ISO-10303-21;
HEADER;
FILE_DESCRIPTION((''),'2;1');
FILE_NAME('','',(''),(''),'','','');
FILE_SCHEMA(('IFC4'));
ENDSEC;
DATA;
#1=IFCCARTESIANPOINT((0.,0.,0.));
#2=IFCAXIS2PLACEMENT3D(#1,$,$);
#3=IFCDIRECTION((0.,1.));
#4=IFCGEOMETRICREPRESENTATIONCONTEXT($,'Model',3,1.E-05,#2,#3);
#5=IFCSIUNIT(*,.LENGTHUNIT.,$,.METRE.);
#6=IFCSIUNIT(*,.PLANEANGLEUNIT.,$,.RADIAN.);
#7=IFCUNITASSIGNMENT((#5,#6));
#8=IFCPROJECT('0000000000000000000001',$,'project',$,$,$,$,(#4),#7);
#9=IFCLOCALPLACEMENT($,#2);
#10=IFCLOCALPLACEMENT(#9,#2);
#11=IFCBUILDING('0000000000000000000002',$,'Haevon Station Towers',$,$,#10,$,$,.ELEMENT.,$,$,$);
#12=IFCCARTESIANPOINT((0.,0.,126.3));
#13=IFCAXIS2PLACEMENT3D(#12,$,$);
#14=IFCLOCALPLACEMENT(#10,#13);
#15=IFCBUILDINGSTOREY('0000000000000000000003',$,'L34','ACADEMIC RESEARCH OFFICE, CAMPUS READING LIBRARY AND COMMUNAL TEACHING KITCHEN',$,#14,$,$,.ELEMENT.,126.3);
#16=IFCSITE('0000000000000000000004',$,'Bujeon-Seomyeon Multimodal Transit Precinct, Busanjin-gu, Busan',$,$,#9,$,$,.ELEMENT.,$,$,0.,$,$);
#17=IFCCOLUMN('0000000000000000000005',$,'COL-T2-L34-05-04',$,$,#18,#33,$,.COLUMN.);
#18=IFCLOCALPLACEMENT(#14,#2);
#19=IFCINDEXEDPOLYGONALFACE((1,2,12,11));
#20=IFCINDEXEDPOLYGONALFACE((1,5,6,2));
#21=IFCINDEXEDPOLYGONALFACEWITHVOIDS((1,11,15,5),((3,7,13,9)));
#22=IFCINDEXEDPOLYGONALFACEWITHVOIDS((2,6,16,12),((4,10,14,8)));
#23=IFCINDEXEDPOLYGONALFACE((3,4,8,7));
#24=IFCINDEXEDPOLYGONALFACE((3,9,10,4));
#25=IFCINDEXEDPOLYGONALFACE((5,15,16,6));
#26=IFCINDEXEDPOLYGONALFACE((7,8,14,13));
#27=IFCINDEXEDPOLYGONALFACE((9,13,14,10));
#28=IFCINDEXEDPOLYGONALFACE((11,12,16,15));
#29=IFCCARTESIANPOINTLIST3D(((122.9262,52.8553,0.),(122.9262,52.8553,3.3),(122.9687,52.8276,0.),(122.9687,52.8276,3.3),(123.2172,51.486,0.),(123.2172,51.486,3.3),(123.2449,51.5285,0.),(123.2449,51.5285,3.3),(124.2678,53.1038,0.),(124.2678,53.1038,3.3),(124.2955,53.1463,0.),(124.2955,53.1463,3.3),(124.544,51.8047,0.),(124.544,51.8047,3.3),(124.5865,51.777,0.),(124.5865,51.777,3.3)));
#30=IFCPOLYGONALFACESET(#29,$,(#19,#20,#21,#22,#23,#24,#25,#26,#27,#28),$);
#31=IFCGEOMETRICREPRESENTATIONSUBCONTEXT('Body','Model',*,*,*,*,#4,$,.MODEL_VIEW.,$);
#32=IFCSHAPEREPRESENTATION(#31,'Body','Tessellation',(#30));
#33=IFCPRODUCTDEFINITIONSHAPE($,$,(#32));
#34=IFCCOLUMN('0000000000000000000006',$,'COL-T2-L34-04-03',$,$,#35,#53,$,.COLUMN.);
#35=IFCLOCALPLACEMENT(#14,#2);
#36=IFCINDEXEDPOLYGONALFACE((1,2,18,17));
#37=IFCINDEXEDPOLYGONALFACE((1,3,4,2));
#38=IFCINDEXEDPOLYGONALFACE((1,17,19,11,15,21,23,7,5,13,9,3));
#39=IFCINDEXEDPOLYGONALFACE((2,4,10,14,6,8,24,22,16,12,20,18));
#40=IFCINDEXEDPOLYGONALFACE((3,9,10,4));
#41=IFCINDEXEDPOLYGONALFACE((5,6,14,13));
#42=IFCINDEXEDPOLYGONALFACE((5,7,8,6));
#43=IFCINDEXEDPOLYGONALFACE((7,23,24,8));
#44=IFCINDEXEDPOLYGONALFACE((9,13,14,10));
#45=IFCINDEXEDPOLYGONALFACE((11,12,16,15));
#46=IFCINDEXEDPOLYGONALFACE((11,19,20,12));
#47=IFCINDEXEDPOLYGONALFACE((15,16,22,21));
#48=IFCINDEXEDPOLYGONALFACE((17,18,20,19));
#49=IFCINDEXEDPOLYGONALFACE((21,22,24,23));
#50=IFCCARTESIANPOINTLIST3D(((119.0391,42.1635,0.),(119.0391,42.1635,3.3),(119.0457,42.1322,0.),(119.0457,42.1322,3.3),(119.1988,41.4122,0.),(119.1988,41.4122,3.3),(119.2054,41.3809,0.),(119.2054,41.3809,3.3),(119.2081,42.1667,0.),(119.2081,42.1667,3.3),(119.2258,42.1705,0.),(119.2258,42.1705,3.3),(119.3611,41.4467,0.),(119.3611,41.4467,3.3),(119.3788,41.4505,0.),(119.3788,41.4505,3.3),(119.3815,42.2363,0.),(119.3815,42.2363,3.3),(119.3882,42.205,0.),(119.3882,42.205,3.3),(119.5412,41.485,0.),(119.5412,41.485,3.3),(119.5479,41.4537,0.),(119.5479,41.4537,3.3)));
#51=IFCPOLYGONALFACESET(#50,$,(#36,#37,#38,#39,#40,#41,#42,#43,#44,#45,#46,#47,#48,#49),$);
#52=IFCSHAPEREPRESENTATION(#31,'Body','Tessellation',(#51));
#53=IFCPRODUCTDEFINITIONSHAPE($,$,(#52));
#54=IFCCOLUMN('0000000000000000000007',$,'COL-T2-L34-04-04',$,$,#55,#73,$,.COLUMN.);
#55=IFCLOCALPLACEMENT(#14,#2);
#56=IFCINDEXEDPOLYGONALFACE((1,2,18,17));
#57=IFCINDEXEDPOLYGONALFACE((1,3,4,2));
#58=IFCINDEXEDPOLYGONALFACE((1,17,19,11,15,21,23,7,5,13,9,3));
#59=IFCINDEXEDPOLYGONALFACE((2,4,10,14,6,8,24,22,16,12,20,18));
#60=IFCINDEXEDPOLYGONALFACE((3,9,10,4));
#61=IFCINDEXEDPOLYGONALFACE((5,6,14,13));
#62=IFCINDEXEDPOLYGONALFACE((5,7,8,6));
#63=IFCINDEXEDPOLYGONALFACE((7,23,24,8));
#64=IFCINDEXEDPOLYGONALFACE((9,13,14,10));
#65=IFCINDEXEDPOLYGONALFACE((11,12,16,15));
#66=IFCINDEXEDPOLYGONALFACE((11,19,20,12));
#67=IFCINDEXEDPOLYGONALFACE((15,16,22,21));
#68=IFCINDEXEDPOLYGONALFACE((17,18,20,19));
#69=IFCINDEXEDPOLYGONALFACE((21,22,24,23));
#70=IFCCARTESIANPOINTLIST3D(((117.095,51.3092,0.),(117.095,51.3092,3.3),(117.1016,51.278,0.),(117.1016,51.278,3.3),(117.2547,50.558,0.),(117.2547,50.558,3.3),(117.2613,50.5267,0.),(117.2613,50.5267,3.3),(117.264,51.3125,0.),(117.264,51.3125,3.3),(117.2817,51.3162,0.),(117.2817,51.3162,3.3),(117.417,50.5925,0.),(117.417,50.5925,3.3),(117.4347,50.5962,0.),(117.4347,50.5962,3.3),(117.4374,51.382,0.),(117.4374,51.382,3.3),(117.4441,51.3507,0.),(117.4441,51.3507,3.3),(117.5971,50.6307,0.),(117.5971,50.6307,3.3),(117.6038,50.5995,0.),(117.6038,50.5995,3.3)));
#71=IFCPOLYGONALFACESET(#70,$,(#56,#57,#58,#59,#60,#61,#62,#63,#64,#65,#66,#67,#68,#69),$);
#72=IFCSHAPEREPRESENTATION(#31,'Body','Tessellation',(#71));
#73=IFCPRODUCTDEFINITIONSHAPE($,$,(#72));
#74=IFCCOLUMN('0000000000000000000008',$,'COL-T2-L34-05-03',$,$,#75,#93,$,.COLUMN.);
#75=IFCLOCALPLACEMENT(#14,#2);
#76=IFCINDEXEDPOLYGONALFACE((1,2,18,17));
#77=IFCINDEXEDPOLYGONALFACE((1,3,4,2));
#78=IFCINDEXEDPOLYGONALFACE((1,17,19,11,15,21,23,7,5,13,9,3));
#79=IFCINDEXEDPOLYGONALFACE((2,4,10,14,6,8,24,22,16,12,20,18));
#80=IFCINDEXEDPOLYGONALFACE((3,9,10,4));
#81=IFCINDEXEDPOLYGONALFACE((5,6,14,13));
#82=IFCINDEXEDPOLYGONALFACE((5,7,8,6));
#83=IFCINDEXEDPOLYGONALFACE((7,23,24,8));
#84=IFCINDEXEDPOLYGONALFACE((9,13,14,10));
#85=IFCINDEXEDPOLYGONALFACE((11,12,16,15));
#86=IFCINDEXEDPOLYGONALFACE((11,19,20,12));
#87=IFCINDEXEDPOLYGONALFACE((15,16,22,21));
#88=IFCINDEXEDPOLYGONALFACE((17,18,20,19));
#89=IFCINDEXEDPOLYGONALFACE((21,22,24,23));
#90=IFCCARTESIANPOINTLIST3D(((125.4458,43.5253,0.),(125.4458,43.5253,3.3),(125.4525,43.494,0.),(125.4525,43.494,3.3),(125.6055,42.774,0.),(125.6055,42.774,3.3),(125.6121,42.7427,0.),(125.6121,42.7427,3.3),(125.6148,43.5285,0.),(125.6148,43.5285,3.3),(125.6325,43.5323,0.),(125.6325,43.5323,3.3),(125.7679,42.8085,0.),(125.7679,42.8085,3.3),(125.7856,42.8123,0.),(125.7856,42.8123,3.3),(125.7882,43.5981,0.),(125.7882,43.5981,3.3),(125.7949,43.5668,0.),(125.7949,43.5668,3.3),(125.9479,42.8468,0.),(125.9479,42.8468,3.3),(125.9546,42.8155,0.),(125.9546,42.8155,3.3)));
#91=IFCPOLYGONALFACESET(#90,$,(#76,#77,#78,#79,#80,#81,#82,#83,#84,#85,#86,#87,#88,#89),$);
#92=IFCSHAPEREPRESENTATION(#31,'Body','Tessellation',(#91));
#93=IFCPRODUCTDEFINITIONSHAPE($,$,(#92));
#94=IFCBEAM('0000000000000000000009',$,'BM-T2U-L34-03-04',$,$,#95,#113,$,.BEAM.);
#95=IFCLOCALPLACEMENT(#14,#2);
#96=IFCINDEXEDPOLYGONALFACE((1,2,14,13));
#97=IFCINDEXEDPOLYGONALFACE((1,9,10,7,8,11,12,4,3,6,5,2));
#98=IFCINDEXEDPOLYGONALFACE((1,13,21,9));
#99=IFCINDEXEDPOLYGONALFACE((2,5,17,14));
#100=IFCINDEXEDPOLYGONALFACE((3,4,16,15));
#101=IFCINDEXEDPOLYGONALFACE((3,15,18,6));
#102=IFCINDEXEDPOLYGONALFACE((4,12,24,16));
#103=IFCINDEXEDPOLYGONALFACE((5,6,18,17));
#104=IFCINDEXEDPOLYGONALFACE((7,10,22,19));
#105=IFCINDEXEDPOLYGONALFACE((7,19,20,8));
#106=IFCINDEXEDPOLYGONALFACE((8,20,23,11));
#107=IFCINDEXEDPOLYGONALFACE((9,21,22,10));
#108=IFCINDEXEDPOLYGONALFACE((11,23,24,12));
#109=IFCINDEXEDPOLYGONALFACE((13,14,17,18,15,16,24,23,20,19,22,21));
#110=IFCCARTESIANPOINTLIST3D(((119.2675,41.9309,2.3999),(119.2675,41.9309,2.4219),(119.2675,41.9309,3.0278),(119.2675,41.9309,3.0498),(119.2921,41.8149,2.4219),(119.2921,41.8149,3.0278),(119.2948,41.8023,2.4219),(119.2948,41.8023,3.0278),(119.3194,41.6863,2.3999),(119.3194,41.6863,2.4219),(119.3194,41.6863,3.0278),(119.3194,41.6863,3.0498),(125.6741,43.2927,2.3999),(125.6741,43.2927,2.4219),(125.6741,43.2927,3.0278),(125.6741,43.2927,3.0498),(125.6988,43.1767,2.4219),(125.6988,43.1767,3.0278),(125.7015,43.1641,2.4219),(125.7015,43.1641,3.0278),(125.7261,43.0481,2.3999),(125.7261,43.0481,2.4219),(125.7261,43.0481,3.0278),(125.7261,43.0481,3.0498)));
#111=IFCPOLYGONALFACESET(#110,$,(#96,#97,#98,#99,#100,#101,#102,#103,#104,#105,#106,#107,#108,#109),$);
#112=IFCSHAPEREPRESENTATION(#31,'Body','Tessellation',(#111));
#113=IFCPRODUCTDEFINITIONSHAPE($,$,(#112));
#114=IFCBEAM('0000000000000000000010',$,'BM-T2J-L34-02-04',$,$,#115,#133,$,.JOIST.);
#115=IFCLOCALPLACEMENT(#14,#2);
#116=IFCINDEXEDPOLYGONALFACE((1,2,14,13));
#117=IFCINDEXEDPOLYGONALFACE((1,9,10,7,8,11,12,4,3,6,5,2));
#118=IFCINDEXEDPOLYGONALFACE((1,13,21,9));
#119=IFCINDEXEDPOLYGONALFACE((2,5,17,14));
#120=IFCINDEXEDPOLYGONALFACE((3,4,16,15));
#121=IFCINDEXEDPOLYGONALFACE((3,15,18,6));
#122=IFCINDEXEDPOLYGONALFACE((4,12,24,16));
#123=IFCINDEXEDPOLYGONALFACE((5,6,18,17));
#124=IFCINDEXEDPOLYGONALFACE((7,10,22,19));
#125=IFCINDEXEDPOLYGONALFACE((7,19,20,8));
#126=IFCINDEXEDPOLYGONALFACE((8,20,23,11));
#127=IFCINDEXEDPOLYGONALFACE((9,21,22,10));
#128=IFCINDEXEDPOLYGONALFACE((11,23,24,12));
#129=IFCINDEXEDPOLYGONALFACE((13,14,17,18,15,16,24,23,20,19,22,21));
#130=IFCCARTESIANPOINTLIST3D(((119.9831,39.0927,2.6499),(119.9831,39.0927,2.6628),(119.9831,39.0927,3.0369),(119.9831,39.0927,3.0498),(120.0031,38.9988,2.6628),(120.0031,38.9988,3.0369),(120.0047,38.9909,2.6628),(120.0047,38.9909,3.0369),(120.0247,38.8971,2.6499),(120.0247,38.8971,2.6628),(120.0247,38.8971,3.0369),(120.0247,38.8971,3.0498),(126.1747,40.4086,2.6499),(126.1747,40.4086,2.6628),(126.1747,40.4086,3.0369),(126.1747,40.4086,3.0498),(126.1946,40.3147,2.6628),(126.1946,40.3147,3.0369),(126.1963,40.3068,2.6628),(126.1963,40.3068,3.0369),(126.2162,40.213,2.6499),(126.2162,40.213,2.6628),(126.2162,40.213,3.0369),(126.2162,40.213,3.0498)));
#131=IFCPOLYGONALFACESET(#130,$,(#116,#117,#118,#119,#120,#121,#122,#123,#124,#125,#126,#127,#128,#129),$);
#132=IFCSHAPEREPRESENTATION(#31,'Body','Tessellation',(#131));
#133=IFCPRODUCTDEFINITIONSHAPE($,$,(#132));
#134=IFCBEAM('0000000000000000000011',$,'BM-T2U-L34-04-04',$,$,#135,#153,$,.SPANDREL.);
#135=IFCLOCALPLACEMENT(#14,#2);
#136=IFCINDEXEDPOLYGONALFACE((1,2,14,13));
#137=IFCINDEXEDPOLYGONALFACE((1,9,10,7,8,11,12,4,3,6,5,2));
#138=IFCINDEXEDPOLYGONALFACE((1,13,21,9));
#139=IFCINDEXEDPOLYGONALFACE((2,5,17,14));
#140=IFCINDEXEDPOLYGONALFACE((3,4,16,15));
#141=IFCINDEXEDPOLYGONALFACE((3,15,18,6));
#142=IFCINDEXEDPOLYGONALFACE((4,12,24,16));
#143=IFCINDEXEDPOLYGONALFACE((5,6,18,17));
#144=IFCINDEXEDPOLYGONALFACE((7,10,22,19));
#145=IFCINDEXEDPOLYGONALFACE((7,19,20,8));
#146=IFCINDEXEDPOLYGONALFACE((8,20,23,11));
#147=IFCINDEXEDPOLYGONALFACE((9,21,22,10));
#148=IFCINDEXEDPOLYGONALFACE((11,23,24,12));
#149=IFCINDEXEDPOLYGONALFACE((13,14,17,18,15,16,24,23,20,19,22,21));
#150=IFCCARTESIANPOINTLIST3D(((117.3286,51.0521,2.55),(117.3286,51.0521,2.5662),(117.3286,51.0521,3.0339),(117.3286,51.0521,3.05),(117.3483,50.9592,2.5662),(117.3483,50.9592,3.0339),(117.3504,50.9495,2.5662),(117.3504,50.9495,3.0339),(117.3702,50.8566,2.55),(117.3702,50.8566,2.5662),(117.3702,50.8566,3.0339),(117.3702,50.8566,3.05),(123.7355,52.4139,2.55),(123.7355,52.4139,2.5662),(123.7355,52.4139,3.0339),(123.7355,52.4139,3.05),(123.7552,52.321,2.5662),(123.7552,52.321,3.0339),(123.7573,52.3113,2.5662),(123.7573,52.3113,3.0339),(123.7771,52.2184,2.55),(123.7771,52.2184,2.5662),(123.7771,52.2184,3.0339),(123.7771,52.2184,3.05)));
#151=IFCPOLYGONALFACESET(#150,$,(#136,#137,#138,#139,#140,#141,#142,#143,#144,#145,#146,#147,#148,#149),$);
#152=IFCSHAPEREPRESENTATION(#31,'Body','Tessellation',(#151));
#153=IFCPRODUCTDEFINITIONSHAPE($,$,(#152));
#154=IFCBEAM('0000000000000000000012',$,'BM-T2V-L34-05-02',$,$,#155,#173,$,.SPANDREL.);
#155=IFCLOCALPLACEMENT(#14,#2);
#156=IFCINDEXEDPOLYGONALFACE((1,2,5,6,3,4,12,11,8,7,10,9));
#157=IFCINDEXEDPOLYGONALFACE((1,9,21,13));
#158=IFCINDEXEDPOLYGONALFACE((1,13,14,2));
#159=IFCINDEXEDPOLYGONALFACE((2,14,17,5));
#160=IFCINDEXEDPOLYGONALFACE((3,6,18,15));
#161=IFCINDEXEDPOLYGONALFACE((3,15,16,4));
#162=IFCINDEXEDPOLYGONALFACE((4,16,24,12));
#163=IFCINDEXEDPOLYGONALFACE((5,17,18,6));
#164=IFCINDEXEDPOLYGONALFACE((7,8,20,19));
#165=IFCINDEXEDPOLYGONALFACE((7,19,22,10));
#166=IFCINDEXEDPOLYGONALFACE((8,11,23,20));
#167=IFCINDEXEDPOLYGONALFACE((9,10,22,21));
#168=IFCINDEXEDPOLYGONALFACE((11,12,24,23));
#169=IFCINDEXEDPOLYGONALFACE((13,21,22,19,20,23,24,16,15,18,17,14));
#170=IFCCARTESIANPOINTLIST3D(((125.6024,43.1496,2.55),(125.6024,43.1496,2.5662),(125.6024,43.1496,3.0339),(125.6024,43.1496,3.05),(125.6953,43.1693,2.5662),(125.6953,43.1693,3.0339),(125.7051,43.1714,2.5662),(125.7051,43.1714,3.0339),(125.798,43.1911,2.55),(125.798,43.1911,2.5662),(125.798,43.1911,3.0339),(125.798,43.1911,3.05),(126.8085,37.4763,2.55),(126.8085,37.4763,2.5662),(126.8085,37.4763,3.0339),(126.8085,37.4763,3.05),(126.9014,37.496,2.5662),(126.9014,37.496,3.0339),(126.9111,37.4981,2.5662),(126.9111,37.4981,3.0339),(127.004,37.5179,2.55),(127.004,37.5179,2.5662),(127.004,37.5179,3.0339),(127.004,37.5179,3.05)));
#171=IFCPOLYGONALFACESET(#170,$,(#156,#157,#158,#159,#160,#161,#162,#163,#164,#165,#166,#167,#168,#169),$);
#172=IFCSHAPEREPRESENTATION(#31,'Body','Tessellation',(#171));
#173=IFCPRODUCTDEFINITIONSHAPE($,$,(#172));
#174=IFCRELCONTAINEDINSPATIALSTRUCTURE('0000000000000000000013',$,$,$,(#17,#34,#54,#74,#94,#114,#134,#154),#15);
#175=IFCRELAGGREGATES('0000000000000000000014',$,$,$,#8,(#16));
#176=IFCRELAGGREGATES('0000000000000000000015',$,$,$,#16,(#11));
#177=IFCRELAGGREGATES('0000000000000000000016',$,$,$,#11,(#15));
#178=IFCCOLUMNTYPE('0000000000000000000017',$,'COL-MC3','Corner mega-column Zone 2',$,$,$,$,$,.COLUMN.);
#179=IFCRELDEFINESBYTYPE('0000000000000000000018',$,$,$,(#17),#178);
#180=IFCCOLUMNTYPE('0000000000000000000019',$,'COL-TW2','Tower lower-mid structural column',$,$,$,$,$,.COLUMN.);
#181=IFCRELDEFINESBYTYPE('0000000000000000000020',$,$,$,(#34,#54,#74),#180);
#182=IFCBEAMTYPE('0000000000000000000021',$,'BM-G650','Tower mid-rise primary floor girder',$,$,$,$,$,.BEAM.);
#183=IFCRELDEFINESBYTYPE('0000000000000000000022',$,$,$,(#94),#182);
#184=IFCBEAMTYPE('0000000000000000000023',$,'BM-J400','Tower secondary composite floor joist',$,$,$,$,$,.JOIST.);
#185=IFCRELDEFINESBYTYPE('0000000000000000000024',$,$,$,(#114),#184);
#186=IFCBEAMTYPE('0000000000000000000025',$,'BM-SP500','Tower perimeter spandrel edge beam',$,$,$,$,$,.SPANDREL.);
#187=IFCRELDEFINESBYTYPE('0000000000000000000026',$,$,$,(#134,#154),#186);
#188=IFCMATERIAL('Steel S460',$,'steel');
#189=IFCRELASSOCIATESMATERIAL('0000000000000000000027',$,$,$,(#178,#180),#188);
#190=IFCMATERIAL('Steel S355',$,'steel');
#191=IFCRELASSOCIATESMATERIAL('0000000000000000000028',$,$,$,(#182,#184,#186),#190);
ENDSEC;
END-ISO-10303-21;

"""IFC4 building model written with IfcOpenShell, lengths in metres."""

from ifc_helpers import new_model, si_unit, direction, frame, origin, origin_2d, place, context, subcontext, project, spatial, hollow_rectangle, i_section, extrude, material, material_profile, profile_set, type_object, element, save


model = new_model("IFC4")

# Units and contexts
model_context = context("Model", 3, precision=1e-05, world=origin(), true_north=direction((0.0, 1.0)))
body_context = subcontext(model_context, "Body", "Model", "MODEL_VIEW")
ifc_project = project(units=[si_unit("LENGTHUNIT", "METRE"), si_unit("PLANEANGLEUNIT", "RADIAN")], contexts=[model_context])

# Site, building, storey
site_placement = place(None, origin())
site = spatial("IfcSite", under=ifc_project, at=site_placement, Name="Bujeon-Seomyeon Multimodal Transit Precinct, Busanjin-gu, Busan", CompositionType="ELEMENT", RefElevation=0.0)
building_placement = place(site_placement, origin())
building = spatial("IfcBuilding", under=site, at=building_placement, Name="Haevon Station Towers", CompositionType="ELEMENT")
storey_placement = place(building_placement, frame((0.0, 0.0, 126.3)))
storey = spatial("IfcBuildingStorey", under=building, at=storey_placement, Name="L34", Description="ACADEMIC RESEARCH OFFICE, CAMPUS READING LIBRARY AND COMMUNAL TEACHING KITCHEN", CompositionType="ELEMENT", Elevation=126.3)

# Columns
ifc_material_1 = material(Name="Steel S460", Category="steel")
ifc_material_profile_1 = material_profile(ifc_material_1, hollow_rectangle(XDim=1.3999, YDim=1.3999, WallThickness=0.0359, at=origin_2d()), Name="BOX-1400x1400x36")
ifc_profile_set_1 = profile_set([ifc_material_profile_1], Name="Steel S460")
column_type_1 = type_object("IfcColumnType", Name="COL-MC3", Description="Corner mega-column Zone 2", PredefinedType="COLUMN", material=ifc_profile_set_1)
column_placement = place(storey_placement, frame((123.7563, 52.3162, 0.0), z_axis=(0.0, 0.0, 1.0), x_axis=(0.978148, 0.207912, 0.0)))
element("IfcColumn", 1, at=column_placement, inside=storey, type_object=column_type_1, Name="COL-T2-L34-05-04", PredefinedType="COLUMN", context=body_context, shape_type="SweptSolid", body=[
    extrude(hollow_rectangle(XDim=1.3999, YDim=1.3999, WallThickness=0.0359, at=origin_2d()), origin(), (0.0, 0.0, 1.0), 3.3),
])
ifc_material_profile_2 = material_profile(ifc_material_1, i_section(OverallWidth=0.3501, OverallDepth=0.8, WebThickness=0.0181, FlangeThickness=0.032, at=origin_2d()), Name="H-800x350x18x32")
ifc_profile_set_2 = profile_set([ifc_material_profile_2], Name="Steel S460")
column_type_2 = type_object("IfcColumnType", Name="COL-TW2", Description="Tower lower-mid structural column", PredefinedType="COLUMN", material=ifc_profile_set_2)
for number, where, z_axis, x_axis, name in (
    (2, (119.2935, 41.8086, 0.0), (0.0, 0.0, 1.0), (0.978148, 0.207912, 0.0), "COL-T2-L34-04-03"),
    (3, (117.3494, 50.9543, 0.0), (0.0, 0.0, 1.0), (0.978148, 0.207912, 0.0), "COL-T2-L34-04-04"),
    (4, (125.7002, 43.1704, 0.0), (0.0, 0.0, 1.0), (0.978148, 0.207912, 0.0), "COL-T2-L34-05-03"),
):
    element("IfcColumn", number, at=place(storey_placement, frame(where, z_axis=z_axis, x_axis=x_axis)), inside=storey, type_object=column_type_2, Name=name, PredefinedType="COLUMN", context=body_context, shape_type="SweptSolid", body=[
        extrude(i_section(OverallWidth=0.3501, OverallDepth=0.8, WebThickness=0.0181, FlangeThickness=0.032, at=origin_2d()), origin(), (0.0, 0.0, 1.0), 3.3),
    ])

# Beams
ifc_material_2 = material(Name="Steel S355", Category="steel")
ifc_material_profile_3 = material_profile(ifc_material_2, i_section(OverallWidth=0.25, OverallDepth=0.6499, WebThickness=0.0129, FlangeThickness=0.022, at=origin_2d()), Name="H-650x250x13x22")
ifc_profile_set_3 = profile_set([ifc_material_profile_3], Name="Steel S355")
beam_type_1 = type_object("IfcBeamType", Name="BM-G650", Description="Tower mid-rise primary floor girder", PredefinedType="BEAM", material=ifc_profile_set_3)
beam_1_placement = place(storey_placement, frame((119.2935, 41.8086, 2.7249), z_axis=(0.978147, 0.207915, 0.0), x_axis=(-0.207915, 0.978147, 0.0)))
element("IfcBeam", 5, at=beam_1_placement, inside=storey, type_object=beam_type_1, Name="BM-T2U-L34-03-04", PredefinedType="BEAM", context=body_context, shape_type="SweptSolid", body=[
    extrude(i_section(OverallWidth=0.25, OverallDepth=0.6499, WebThickness=0.0129, FlangeThickness=0.022, at=origin_2d()), origin(), (0.0, 0.0, 1.0), 6.5498),
])
ifc_material_profile_4 = material_profile(ifc_material_2, i_section(OverallWidth=0.2, OverallDepth=0.3999, WebThickness=0.0081, FlangeThickness=0.0129, at=origin_2d()), Name="H-400x200x8x13")
ifc_profile_set_4 = profile_set([ifc_material_profile_4], Name="Steel S355")
beam_type_2 = type_object("IfcBeamType", Name="BM-J400", Description="Tower secondary composite floor joist", PredefinedType="JOIST", material=ifc_profile_set_4)
beam_2_placement = place(storey_placement, frame((120.0039, 38.9949, 2.8499), z_axis=(0.978153, 0.207888, 0.0), x_axis=(-0.207888, 0.978153, 0.0)))
element("IfcBeam", 6, at=beam_2_placement, inside=storey, type_object=beam_type_2, Name="BM-T2J-L34-02-04", PredefinedType="JOIST", context=body_context, shape_type="SweptSolid", body=[
    extrude(i_section(OverallWidth=0.2, OverallDepth=0.3999, WebThickness=0.0081, FlangeThickness=0.0129, at=origin_2d()), origin(), (0.0, 0.0, 1.0), 6.3298),
])
ifc_material_profile_5 = material_profile(ifc_material_2, i_section(OverallWidth=0.2, OverallDepth=0.5, WebThickness=0.01, FlangeThickness=0.0161, at=origin_2d()), Name="H-500x200x10x16")
ifc_profile_set_5 = profile_set([ifc_material_profile_5], Name="Steel S355")
beam_type_3 = type_object("IfcBeamType", Name="BM-SP500", Description="Tower perimeter spandrel edge beam", PredefinedType="SPANDREL", material=ifc_profile_set_5)
beam_3_placement = place(storey_placement, frame((117.3494, 50.9543, 2.8), z_axis=(0.978149, 0.207907, 0.0), x_axis=(-0.207907, 0.978149, 0.0)))
element("IfcBeam", 7, at=beam_3_placement, inside=storey, type_object=beam_type_3, Name="BM-T2U-L34-04-04", PredefinedType="SPANDREL", context=body_context, shape_type="SweptSolid", body=[
    extrude(i_section(OverallWidth=0.2, OverallDepth=0.5, WebThickness=0.01, FlangeThickness=0.0161, at=origin_2d()), origin(), (0.0, 0.0, 1.0), 6.55),
])
beam_4_placement = place(storey_placement, frame((126.9062, 37.4971, 2.8), z_axis=(-0.207936, 0.978142, 0.0), x_axis=(-0.978142, -0.207936, 0.0)))
element("IfcBeam", 8, at=beam_4_placement, inside=storey, type_object=beam_type_3, Name="BM-T2V-L34-05-02", PredefinedType="SPANDREL", context=body_context, shape_type="SweptSolid", body=[
    extrude(i_section(OverallWidth=0.2, OverallDepth=0.5, WebThickness=0.01, FlangeThickness=0.0161, at=origin_2d()), origin(), (0.0, 0.0, 1.0), 5.8),
])

save(model, "model.ifc")
